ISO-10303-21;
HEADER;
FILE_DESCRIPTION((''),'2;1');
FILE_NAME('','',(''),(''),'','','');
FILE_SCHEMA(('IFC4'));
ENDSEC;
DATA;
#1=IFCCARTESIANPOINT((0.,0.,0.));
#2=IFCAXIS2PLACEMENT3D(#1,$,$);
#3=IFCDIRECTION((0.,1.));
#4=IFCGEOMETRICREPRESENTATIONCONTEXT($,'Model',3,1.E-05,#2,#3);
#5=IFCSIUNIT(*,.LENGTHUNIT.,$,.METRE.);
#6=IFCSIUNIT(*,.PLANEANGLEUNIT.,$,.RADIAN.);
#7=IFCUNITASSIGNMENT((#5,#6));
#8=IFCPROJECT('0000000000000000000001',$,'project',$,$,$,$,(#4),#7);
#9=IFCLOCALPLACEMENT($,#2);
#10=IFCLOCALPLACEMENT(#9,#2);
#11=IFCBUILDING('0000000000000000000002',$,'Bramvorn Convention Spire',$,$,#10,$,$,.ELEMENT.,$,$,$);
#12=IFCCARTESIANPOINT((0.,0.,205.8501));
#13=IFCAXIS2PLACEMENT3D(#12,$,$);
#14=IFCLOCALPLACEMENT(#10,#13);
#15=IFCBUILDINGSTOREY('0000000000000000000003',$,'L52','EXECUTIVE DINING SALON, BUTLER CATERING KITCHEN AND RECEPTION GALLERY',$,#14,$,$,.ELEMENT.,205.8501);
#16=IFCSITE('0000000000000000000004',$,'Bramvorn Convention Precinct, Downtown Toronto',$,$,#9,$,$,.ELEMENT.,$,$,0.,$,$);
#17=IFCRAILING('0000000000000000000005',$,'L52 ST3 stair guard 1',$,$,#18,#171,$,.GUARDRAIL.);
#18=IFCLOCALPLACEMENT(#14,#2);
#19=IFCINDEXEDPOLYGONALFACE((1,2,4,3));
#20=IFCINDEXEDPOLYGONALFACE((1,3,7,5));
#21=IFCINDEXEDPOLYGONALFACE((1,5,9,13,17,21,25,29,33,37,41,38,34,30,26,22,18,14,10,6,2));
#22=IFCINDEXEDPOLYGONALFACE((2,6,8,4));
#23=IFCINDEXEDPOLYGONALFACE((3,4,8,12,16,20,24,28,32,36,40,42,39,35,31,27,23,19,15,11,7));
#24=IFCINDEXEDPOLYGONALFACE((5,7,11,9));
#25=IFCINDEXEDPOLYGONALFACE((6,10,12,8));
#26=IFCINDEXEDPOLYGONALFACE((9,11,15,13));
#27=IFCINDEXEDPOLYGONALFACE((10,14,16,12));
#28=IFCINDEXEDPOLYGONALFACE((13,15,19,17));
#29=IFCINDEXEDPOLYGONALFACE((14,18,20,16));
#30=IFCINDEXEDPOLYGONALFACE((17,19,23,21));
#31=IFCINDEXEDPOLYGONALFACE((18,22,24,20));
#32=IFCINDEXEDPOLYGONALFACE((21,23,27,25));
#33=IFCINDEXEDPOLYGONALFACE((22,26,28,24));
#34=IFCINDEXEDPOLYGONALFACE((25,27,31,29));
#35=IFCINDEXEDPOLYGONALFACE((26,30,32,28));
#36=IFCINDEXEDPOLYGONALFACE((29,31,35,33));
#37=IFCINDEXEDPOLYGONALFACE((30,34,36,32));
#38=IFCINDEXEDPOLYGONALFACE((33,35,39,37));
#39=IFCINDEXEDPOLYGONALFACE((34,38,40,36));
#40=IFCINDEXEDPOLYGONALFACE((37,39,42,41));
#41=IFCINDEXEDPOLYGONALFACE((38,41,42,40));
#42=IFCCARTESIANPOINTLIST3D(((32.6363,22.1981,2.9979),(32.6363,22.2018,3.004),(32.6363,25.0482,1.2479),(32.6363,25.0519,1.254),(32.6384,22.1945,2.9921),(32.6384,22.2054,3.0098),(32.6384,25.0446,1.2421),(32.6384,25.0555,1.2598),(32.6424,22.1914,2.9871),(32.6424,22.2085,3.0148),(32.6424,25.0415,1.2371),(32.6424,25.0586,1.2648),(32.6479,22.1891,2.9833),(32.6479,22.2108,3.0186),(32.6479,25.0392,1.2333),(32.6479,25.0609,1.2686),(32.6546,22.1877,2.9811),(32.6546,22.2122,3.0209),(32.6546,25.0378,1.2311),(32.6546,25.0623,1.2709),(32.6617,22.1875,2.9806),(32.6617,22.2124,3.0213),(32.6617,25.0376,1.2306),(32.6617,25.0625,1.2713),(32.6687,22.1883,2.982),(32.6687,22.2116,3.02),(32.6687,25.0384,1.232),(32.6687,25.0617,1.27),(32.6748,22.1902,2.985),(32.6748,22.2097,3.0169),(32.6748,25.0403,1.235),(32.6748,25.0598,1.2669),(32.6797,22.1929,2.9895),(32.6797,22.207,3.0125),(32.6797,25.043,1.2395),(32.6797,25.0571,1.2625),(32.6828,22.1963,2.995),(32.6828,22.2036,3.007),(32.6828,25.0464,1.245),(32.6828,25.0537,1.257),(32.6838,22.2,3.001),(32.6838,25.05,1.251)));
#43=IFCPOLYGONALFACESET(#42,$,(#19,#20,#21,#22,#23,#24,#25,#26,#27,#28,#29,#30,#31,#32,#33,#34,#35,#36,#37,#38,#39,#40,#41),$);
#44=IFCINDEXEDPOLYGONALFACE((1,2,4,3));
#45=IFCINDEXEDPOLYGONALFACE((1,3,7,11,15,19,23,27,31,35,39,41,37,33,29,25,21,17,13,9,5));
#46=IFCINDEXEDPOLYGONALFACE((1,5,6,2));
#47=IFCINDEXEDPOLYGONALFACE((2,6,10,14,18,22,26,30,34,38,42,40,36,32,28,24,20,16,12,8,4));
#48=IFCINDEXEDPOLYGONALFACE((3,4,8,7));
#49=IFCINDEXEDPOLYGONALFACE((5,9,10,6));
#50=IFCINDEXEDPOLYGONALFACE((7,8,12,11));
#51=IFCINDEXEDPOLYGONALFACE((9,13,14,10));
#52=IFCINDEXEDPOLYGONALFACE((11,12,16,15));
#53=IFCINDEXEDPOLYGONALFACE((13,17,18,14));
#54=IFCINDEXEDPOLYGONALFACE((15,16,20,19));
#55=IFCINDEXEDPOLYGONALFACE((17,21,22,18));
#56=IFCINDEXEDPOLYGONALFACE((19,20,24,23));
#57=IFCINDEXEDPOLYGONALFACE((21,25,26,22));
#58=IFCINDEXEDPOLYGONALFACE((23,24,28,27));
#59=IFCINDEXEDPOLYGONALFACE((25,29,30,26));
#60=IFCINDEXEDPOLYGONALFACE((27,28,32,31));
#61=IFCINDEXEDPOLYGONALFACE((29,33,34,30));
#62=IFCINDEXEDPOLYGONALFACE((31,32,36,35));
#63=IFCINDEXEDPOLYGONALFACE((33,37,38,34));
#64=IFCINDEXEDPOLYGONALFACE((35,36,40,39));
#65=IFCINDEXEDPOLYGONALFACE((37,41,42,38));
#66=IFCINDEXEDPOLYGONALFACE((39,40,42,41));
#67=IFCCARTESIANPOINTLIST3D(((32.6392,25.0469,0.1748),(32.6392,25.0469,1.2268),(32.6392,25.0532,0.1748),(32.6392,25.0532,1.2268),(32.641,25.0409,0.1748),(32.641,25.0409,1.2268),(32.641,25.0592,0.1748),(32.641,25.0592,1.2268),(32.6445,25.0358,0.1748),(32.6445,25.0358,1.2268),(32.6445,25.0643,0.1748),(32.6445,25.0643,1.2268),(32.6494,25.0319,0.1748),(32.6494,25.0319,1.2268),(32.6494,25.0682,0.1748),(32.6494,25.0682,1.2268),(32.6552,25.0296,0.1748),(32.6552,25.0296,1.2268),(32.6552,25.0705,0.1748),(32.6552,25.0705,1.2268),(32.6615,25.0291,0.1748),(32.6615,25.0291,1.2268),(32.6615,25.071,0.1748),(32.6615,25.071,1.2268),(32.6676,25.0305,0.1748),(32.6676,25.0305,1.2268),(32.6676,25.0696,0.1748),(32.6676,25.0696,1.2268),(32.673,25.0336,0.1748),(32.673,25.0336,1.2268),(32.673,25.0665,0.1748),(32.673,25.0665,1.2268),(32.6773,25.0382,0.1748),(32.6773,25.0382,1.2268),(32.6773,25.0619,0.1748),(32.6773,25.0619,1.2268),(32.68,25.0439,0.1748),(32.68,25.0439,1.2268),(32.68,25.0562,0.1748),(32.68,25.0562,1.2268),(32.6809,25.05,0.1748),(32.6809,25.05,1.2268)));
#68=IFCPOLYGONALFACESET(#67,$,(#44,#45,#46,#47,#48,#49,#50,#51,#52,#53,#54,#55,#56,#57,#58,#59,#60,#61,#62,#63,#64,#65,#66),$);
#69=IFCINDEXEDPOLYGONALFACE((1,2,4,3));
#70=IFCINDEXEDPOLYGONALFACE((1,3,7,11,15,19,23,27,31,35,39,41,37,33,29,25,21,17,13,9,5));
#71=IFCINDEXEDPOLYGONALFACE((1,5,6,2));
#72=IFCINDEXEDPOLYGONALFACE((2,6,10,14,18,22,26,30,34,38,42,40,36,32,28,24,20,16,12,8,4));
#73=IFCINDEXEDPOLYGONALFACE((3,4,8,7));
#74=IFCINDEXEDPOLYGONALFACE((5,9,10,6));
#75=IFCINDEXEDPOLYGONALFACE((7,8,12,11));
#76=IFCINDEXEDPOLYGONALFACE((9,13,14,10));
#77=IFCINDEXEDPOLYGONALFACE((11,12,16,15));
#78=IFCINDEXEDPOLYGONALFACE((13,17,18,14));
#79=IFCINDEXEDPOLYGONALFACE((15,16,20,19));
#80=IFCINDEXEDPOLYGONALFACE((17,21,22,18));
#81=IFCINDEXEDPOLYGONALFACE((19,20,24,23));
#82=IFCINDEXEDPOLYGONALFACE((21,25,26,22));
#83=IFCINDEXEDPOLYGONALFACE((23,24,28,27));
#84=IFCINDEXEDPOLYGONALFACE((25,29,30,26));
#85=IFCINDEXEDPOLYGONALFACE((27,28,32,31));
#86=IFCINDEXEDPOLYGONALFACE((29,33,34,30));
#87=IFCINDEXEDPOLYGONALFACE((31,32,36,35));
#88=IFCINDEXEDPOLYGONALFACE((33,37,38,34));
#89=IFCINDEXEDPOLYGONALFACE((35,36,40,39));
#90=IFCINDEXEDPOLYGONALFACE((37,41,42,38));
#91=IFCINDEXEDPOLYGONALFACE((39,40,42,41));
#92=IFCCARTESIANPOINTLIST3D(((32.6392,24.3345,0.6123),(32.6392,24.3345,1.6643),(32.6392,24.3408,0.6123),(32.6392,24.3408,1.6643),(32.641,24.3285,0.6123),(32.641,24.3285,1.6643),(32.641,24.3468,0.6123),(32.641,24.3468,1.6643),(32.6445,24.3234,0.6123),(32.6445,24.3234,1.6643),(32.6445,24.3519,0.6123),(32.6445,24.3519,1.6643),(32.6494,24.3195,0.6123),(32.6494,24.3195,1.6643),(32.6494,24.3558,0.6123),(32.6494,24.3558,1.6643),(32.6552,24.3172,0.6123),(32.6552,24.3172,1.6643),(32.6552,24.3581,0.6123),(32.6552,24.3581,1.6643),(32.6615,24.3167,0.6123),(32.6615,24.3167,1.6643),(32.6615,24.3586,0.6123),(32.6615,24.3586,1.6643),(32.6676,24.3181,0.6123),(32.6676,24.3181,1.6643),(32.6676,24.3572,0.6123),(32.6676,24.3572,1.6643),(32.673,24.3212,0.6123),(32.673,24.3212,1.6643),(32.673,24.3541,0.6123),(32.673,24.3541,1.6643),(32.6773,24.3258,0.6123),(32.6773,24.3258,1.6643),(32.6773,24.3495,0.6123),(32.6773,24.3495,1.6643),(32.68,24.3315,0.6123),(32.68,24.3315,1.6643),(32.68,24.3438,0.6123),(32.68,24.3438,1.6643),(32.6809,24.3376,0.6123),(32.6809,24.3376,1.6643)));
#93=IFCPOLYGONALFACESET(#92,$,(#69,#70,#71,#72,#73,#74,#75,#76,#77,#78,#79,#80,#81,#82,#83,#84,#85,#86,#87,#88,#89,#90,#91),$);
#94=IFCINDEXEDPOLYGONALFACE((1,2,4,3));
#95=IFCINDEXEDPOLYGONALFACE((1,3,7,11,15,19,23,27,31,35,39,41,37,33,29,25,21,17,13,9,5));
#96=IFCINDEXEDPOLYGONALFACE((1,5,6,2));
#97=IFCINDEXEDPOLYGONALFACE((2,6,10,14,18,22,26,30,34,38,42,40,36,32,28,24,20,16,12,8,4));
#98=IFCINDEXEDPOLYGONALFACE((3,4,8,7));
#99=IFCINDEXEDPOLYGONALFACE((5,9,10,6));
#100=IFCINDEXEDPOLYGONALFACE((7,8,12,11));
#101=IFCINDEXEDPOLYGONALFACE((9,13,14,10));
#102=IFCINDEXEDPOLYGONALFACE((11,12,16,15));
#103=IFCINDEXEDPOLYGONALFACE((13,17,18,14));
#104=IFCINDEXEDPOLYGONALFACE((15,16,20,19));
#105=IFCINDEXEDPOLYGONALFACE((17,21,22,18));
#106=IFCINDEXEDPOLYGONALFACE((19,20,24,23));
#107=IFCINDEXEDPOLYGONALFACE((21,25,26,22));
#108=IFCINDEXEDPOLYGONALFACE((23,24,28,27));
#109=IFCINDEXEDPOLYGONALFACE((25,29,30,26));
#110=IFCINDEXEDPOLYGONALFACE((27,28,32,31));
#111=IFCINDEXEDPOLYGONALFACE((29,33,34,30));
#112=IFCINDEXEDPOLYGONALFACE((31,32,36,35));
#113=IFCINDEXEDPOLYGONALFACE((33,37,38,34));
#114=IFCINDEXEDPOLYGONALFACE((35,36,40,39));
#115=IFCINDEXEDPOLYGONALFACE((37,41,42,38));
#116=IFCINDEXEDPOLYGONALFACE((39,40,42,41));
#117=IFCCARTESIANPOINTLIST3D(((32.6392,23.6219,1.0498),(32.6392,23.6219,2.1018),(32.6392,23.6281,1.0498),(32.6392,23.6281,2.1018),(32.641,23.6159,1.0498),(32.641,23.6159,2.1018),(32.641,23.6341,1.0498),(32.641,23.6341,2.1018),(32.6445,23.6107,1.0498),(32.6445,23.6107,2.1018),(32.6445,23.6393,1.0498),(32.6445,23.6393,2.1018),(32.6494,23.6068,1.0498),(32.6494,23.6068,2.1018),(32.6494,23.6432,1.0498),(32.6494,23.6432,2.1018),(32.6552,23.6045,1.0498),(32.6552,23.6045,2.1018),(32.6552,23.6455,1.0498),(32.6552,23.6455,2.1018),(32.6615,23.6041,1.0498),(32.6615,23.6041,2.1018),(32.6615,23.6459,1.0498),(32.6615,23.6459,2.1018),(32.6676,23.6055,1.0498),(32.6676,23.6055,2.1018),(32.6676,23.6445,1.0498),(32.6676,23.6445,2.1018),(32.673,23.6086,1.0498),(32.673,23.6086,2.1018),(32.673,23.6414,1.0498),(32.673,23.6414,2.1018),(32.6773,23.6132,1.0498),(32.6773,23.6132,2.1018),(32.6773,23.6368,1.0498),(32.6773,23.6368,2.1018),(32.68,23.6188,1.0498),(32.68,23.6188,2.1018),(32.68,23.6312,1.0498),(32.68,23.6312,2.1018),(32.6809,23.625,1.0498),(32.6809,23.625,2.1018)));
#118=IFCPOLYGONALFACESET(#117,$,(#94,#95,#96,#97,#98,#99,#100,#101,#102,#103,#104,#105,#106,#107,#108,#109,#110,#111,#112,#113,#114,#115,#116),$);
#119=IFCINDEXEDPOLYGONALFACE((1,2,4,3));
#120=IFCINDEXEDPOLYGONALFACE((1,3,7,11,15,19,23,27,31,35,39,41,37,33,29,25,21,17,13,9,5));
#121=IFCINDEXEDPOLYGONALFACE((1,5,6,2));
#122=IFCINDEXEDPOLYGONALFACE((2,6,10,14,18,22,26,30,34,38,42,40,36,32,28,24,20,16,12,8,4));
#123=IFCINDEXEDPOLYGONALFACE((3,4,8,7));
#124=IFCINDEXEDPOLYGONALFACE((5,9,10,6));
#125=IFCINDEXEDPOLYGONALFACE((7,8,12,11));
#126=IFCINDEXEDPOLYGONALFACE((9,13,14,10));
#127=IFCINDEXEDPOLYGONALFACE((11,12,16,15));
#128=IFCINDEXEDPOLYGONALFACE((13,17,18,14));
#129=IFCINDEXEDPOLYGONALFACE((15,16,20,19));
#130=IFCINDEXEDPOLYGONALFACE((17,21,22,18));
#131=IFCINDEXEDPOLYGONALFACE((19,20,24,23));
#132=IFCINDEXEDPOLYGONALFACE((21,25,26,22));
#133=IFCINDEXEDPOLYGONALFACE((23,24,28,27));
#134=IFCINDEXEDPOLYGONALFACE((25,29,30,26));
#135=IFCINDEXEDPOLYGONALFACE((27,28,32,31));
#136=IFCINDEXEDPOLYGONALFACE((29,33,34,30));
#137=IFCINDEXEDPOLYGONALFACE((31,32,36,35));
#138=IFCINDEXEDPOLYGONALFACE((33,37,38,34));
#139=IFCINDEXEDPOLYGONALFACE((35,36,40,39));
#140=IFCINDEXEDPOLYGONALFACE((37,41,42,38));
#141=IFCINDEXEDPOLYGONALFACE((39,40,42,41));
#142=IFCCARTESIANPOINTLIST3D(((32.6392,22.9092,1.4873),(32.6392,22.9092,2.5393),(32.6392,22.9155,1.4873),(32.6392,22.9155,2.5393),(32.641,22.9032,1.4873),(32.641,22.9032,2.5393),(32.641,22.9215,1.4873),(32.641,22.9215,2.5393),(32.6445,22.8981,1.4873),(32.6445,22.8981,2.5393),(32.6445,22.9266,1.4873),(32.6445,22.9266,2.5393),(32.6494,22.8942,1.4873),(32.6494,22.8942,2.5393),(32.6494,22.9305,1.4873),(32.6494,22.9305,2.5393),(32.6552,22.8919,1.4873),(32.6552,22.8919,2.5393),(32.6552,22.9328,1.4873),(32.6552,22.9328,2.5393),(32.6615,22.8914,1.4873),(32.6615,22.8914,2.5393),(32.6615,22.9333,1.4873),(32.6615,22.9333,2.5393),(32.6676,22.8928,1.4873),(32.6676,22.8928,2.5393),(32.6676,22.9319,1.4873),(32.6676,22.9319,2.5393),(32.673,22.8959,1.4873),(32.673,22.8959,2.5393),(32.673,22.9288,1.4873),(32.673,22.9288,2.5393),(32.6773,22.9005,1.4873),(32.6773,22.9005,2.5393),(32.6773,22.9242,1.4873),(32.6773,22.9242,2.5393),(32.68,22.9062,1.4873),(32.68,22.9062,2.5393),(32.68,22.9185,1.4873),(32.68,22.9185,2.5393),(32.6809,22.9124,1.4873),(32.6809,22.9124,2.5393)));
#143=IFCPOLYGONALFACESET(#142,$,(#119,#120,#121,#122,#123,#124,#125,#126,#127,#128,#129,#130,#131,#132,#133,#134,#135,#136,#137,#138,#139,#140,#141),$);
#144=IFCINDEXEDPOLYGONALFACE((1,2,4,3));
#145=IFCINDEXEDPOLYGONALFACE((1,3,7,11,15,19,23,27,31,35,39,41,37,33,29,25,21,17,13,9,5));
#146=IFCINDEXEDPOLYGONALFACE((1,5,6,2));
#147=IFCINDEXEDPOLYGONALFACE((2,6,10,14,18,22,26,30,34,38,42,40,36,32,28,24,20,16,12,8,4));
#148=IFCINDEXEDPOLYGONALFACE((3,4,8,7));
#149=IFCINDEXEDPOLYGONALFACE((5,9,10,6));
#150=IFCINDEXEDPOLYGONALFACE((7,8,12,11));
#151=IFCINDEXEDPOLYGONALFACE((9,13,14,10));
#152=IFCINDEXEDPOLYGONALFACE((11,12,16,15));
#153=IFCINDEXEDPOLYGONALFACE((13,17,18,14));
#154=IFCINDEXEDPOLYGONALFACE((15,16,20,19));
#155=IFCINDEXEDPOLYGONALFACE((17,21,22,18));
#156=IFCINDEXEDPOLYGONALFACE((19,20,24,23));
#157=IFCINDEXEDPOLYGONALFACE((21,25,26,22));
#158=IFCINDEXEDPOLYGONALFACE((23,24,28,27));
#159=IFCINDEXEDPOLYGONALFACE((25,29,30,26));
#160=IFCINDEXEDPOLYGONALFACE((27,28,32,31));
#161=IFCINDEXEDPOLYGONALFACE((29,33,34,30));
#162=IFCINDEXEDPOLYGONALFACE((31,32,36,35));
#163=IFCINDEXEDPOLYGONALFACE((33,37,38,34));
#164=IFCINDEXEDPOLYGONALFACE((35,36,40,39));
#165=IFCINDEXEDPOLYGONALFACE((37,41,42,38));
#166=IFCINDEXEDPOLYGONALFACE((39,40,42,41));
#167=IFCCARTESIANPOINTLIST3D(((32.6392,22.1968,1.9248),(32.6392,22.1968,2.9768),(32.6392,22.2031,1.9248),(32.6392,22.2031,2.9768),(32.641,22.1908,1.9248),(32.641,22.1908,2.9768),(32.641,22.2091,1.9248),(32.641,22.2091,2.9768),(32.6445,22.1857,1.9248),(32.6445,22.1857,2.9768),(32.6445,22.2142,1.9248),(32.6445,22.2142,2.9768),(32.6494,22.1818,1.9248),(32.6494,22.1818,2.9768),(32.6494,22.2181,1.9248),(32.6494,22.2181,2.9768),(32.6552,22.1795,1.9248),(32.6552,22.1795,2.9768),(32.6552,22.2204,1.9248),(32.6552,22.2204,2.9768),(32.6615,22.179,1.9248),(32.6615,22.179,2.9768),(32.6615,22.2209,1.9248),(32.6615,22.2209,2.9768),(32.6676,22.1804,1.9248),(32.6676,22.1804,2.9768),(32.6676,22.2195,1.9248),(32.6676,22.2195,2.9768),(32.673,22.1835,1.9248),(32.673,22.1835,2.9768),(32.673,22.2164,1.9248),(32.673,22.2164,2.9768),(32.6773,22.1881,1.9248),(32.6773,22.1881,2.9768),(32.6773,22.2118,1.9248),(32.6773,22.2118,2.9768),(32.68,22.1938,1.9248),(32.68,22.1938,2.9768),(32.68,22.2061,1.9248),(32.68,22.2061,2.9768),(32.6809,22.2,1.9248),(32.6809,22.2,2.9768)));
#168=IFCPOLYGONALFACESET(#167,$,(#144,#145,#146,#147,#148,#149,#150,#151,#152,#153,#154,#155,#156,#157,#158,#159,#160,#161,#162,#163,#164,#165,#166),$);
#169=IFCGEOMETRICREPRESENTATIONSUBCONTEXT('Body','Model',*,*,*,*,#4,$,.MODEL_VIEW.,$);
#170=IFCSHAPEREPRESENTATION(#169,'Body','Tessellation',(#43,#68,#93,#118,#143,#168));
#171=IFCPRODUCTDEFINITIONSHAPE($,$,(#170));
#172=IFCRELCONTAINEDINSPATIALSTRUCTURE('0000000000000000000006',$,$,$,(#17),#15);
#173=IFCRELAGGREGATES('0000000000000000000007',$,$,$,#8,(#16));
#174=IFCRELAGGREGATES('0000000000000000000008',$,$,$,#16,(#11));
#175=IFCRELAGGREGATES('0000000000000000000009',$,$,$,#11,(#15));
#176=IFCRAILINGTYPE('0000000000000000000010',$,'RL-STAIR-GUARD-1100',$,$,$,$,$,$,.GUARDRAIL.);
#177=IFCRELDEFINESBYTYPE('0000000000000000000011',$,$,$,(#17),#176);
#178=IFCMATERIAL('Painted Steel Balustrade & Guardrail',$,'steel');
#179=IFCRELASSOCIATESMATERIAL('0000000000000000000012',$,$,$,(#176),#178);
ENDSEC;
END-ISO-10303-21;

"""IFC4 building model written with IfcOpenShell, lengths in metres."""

from ifc_helpers import new_model, si_unit, direction, frame, origin, origin_2d, place, context, subcontext, project, spatial, circle, extrude, material, type_object, element, save


model = new_model("IFC4")

# Units and contexts
model_context = context("Model", 3, precision=1e-05, world=origin(), true_north=direction((0.0, 1.0)))
body_context = subcontext(model_context, "Body", "Model", "MODEL_VIEW")
ifc_project = project(units=[si_unit("LENGTHUNIT", "METRE"), si_unit("PLANEANGLEUNIT", "RADIAN")], contexts=[model_context])

# Site, building, storey
site_placement = place(None, origin())
site = spatial("IfcSite", under=ifc_project, at=site_placement, Name="Bramvorn Convention Precinct, Downtown Toronto", CompositionType="ELEMENT", RefElevation=0.0)
building_placement = place(site_placement, origin())
building = spatial("IfcBuilding", under=site, at=building_placement, Name="Bramvorn Convention Spire", CompositionType="ELEMENT")
storey_placement = place(building_placement, frame((0.0, 0.0, 205.8501)))
storey = spatial("IfcBuildingStorey", under=building, at=storey_placement, Name="L52", Description="EXECUTIVE DINING SALON, BUTLER CATERING KITCHEN AND RECEPTION GALLERY", CompositionType="ELEMENT", Elevation=205.8501)

# Railing
ifc_material_1 = material(Name="Painted Steel Balustrade & Guardrail", Category="steel")
railing_type_1 = type_object("IfcRailingType", Name="RL-STAIR-GUARD-1100", PredefinedType="GUARDRAIL", material=ifc_material_1)
railing_1_placement = place(storey_placement, frame((32.6599, 25.05, 0.1748)))
element("IfcRailing", 1, at=railing_1_placement, inside=storey, type_object=railing_type_1, Name="L52 ST3 stair guard 1", PredefinedType="GUARDRAIL", context=body_context, shape_type="SweptSolid", body=[
    extrude(circle(Radius=0.0239, at=origin_2d()), frame((0.0, 0.0, 1.0762), z_axis=(0.0, -0.852179, 0.52325), x_axis=(1.0, 0.0, 0.0)), (0.0, 0.0, 1.0), 3.3445),
    extrude(circle(Radius=0.021, at=origin_2d()), origin(), (0.0, 0.0, 1.0), 1.052),
    extrude(circle(Radius=0.021, at=origin_2d()), frame((0.0, -0.7124, 0.4375)), (0.0, 0.0, 1.0), 1.052),
    extrude(circle(Radius=0.021, at=origin_2d()), frame((0.0, -1.425, 0.875)), (0.0, 0.0, 1.0), 1.052),
    extrude(circle(Radius=0.021, at=origin_2d()), frame((0.0, -2.1377, 1.3125)), (0.0, 0.0, 1.0), 1.052),
    extrude(circle(Radius=0.021, at=origin_2d()), frame((0.0, -2.8501, 1.75)), (0.0, 0.0, 1.0), 1.052),
])

save(model, "model.ifc")
